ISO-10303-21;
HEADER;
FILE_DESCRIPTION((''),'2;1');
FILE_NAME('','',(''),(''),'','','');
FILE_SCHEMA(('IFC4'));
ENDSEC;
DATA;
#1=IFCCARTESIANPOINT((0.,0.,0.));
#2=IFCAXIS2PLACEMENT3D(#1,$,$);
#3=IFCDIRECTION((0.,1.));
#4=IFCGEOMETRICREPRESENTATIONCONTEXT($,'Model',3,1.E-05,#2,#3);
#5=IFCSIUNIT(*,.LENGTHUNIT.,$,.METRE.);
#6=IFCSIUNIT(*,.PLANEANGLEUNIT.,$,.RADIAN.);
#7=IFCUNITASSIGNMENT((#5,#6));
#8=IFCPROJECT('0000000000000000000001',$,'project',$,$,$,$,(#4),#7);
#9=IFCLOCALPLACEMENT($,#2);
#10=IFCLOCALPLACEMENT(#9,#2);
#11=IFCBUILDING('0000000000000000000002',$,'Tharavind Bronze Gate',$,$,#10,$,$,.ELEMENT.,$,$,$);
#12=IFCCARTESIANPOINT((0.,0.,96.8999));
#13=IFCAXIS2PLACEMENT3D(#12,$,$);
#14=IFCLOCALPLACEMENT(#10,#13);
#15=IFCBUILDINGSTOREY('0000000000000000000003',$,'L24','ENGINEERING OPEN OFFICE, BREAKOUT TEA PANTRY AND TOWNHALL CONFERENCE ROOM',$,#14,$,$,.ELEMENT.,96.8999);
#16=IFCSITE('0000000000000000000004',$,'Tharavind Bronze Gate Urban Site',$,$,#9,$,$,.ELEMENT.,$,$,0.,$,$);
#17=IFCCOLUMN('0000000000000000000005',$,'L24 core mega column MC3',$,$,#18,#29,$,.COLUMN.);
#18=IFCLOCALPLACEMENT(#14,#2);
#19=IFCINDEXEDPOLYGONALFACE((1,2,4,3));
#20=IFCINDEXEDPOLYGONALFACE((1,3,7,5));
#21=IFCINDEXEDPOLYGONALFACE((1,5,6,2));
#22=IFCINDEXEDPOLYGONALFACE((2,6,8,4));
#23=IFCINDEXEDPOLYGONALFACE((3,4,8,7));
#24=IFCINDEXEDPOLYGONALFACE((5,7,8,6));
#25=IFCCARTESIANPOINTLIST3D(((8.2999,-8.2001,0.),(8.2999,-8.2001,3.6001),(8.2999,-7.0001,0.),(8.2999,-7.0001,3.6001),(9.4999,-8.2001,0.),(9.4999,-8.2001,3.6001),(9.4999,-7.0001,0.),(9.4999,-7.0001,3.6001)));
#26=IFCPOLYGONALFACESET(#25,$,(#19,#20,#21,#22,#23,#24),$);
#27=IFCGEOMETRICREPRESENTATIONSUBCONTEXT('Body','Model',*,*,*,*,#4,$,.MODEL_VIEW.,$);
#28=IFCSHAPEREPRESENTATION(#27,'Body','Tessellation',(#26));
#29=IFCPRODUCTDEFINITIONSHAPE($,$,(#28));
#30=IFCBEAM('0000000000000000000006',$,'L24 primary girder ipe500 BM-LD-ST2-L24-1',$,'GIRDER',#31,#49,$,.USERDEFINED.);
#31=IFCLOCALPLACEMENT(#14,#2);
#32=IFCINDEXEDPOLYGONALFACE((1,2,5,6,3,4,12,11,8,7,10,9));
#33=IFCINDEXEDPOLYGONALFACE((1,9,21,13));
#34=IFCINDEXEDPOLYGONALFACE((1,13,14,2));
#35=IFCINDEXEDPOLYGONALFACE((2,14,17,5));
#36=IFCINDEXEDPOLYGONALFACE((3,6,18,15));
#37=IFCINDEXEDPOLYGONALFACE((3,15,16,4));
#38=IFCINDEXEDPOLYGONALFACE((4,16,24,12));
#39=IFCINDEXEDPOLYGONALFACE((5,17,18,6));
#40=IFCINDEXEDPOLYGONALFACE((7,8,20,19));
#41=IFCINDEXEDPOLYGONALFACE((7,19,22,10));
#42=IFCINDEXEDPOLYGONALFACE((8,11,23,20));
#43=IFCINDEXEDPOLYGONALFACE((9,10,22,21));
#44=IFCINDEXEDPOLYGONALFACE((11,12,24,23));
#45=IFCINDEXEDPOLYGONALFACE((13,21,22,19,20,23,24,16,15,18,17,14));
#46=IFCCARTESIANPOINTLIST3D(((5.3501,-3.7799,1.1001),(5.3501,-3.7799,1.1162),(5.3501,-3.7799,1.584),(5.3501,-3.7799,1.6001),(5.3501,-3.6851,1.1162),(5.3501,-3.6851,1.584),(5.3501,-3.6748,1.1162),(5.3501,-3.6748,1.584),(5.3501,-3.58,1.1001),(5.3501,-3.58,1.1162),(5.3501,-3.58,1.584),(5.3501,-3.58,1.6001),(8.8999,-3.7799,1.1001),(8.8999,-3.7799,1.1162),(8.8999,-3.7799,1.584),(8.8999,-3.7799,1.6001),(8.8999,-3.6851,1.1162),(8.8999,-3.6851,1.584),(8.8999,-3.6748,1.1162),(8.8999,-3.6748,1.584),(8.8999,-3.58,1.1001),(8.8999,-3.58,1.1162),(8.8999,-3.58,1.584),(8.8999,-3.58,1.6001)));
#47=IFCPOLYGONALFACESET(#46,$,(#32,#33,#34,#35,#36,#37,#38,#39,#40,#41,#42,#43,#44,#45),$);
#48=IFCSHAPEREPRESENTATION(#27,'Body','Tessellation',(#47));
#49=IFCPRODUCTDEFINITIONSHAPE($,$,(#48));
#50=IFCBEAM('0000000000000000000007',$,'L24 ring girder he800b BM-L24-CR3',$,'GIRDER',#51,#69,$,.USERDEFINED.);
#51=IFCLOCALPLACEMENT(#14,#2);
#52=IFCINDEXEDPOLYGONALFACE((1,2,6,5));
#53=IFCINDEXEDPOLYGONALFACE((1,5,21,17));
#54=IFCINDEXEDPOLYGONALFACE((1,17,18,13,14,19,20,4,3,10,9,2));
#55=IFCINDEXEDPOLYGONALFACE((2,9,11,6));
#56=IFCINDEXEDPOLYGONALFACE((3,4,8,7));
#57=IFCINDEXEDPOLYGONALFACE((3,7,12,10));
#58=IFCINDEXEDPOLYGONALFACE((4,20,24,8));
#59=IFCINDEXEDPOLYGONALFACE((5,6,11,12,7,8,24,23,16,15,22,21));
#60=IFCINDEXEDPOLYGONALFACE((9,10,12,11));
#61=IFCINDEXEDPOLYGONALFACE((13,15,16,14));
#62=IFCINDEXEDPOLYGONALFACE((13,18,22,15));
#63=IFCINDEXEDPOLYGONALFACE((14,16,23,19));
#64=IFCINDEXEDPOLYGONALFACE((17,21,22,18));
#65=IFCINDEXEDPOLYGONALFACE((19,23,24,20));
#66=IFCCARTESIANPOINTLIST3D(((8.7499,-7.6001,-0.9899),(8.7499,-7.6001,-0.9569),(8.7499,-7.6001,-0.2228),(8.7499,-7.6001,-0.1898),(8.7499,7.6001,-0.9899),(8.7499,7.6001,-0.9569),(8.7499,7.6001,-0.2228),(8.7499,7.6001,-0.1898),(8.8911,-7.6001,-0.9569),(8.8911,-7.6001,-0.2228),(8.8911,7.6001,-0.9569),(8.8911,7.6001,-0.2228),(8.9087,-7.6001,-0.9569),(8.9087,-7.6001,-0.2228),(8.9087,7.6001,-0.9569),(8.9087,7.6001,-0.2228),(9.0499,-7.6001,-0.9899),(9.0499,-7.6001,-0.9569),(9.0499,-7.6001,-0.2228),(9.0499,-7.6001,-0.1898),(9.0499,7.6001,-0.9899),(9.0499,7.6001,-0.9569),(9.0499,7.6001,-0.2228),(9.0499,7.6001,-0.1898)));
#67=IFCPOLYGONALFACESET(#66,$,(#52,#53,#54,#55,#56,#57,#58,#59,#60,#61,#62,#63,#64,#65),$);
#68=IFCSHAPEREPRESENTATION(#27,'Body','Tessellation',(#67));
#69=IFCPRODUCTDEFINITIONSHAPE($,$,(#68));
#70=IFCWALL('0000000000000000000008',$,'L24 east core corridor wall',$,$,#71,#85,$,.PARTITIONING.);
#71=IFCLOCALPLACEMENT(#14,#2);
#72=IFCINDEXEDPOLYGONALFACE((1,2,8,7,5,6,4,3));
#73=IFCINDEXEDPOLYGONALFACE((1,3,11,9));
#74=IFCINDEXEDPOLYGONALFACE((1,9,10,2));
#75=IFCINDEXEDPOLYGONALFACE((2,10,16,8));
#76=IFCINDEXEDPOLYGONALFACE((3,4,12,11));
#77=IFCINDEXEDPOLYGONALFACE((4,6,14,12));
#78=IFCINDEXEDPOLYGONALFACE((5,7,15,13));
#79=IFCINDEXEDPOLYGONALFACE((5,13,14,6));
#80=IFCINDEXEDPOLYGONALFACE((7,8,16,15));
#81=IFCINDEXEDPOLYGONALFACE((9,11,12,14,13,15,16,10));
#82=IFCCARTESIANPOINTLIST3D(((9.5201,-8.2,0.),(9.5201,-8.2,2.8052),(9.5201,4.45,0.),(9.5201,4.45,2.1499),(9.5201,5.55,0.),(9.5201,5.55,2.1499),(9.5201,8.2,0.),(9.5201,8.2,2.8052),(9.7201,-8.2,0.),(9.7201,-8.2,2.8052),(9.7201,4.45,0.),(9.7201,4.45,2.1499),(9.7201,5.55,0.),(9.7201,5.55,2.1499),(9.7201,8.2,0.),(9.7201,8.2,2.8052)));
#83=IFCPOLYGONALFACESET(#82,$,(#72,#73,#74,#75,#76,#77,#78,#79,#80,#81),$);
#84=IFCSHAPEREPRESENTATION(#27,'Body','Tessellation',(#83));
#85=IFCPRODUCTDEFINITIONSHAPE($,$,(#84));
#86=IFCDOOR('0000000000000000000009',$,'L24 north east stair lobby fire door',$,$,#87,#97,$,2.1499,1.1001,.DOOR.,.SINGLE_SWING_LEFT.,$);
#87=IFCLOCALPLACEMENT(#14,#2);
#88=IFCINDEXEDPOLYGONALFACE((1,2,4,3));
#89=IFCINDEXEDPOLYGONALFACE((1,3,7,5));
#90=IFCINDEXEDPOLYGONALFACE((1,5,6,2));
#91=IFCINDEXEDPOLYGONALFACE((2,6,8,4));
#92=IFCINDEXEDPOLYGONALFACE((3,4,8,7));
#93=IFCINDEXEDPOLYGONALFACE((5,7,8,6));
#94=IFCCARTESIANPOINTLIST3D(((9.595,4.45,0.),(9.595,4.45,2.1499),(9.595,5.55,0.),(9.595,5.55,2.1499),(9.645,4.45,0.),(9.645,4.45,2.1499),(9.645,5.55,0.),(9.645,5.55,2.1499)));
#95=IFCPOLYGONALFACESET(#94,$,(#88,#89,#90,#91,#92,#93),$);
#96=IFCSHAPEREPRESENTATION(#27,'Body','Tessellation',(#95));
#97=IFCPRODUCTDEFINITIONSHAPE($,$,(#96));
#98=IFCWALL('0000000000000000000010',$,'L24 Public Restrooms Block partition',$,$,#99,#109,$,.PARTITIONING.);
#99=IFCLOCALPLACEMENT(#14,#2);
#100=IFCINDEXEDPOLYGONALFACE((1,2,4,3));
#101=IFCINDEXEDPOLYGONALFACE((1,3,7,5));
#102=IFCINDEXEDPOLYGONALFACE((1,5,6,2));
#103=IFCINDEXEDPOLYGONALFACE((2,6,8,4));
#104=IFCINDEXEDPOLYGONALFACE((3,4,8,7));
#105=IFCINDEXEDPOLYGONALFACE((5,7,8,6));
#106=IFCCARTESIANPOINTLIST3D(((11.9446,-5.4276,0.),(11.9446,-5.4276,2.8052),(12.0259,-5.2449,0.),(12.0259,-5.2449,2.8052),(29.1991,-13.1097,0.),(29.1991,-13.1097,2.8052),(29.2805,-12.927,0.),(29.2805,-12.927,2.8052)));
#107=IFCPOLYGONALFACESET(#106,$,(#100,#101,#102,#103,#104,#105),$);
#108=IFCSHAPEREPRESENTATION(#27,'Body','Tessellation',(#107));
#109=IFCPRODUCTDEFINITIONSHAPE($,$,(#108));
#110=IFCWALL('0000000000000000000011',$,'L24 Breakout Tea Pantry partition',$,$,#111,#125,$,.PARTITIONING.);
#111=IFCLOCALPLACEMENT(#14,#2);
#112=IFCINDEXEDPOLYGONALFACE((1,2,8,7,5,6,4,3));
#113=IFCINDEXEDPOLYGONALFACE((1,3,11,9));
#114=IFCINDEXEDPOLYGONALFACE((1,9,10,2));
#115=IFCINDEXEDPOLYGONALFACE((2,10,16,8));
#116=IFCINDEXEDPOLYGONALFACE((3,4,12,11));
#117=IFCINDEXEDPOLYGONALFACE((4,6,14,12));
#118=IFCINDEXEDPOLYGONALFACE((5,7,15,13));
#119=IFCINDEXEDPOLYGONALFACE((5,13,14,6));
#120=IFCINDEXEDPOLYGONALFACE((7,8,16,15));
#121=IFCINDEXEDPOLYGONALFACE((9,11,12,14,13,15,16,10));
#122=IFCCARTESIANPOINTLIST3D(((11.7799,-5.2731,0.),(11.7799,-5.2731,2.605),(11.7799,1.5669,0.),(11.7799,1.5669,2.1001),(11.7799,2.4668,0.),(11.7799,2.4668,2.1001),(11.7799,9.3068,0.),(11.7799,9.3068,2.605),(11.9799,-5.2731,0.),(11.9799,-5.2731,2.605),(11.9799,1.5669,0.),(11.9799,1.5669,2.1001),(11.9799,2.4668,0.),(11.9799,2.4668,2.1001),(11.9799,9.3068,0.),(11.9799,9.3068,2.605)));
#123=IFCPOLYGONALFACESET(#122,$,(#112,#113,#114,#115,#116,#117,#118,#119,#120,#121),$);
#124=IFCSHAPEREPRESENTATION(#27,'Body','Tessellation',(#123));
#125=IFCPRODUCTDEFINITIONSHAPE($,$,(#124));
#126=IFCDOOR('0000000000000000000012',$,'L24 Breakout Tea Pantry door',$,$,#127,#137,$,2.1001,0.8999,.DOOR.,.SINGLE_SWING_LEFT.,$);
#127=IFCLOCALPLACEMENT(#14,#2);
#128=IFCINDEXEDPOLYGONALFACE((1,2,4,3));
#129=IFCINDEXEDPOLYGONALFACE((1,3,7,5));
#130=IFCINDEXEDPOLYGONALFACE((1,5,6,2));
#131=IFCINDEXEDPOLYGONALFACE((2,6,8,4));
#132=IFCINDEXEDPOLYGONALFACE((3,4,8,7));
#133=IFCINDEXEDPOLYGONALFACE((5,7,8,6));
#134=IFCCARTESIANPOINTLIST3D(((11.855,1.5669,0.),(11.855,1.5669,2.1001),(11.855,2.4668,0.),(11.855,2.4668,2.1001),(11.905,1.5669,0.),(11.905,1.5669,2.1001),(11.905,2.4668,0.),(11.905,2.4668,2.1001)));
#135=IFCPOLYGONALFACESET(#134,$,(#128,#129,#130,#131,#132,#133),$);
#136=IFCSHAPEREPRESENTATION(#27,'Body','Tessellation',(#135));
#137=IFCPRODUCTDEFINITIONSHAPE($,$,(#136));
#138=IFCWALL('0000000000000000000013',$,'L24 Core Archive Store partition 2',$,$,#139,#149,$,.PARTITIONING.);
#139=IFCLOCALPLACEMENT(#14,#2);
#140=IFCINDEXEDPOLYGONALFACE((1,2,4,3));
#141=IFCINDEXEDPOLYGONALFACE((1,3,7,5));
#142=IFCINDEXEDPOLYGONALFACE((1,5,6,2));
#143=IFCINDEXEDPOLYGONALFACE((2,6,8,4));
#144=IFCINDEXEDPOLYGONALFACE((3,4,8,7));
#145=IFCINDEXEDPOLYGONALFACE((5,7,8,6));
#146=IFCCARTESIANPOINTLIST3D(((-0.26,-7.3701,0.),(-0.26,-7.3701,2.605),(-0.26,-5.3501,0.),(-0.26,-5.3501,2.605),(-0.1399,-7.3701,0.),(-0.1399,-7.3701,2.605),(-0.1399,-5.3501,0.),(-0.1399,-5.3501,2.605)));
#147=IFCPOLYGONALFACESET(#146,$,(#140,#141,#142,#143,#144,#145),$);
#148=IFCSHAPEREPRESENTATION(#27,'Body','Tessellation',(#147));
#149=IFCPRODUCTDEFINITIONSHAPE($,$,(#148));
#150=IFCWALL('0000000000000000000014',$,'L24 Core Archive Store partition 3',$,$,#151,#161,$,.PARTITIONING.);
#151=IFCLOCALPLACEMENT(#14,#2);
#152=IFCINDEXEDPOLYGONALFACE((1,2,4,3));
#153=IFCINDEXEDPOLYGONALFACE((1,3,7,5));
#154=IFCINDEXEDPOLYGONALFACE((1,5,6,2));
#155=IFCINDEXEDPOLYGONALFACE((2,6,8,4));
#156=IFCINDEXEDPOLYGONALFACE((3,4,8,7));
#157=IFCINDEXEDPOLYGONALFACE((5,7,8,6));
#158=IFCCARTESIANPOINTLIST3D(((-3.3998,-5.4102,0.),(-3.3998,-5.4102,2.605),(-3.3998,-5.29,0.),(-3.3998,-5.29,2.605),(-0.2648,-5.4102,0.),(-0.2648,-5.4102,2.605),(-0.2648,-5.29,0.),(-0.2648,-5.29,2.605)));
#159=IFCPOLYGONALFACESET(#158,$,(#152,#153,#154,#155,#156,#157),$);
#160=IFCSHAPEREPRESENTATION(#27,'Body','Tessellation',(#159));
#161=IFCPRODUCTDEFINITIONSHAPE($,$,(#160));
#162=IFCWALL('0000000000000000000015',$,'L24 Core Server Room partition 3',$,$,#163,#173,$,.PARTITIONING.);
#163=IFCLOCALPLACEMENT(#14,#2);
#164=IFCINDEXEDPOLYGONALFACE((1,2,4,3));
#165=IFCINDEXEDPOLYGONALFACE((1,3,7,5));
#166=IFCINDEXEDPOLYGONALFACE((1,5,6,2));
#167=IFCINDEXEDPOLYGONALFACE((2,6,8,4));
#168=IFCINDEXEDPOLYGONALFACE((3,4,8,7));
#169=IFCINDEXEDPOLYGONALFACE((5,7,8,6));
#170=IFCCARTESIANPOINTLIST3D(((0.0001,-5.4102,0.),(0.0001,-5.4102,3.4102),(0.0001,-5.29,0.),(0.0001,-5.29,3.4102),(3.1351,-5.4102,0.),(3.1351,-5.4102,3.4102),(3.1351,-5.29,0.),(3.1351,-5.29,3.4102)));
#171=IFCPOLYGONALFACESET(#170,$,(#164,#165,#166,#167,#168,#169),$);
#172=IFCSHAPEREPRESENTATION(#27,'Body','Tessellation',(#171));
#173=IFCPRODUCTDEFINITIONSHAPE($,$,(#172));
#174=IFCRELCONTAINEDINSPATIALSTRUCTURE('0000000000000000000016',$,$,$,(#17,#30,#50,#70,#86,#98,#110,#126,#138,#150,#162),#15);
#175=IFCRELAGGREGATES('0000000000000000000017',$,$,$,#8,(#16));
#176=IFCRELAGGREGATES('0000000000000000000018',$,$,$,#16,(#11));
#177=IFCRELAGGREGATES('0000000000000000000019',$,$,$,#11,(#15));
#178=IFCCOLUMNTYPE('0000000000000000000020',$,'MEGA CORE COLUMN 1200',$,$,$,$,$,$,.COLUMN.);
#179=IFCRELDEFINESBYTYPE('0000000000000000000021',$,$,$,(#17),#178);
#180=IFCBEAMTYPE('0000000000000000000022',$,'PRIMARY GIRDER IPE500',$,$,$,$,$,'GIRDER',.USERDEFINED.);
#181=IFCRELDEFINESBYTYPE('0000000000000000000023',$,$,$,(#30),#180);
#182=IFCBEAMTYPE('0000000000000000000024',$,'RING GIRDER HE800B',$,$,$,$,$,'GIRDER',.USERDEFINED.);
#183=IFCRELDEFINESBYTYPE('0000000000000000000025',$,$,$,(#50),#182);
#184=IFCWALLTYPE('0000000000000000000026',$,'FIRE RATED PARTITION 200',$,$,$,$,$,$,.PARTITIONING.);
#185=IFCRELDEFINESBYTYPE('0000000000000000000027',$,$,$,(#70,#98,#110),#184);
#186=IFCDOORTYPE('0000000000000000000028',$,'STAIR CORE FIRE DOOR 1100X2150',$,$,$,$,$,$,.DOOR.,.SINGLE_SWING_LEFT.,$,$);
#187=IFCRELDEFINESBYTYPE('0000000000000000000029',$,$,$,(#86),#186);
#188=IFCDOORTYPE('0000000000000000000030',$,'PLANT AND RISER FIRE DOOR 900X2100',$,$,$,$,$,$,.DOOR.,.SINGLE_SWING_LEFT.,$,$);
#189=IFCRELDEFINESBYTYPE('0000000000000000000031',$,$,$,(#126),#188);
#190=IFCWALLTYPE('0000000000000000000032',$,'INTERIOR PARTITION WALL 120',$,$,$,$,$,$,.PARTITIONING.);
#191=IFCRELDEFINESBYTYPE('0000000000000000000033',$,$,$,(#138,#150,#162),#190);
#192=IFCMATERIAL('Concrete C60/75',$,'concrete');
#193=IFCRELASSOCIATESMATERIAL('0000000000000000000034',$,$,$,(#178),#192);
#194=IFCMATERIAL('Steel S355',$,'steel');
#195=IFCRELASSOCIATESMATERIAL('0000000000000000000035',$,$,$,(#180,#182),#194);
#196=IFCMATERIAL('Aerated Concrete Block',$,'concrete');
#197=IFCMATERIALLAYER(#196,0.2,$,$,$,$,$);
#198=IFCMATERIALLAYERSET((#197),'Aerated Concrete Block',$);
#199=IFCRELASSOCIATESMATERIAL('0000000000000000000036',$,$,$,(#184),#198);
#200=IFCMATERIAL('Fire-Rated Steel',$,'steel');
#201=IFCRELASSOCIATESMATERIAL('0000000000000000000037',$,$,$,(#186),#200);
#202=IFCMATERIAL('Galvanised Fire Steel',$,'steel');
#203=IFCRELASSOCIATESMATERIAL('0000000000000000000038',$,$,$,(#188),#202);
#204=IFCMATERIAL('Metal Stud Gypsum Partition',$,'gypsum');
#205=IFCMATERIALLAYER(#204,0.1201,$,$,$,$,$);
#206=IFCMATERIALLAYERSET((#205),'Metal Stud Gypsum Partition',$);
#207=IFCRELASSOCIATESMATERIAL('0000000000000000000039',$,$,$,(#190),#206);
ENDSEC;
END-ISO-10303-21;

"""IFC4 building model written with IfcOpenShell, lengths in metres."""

from ifc_helpers import new_model, si_unit, direction, frame, frame_2d, origin, origin_2d, place, context, subcontext, project, spatial, rectangle, i_section, extrude, material, layer, layer_set, material_profile, profile_set, type_object, element, fill, save


model = new_model("IFC4")

# Units and contexts
model_context = context("Model", 3, precision=1e-05, world=origin(), true_north=direction((0.0, 1.0)))
body_context = subcontext(model_context, "Body", "Model", "MODEL_VIEW")
ifc_project = project(units=[si_unit("LENGTHUNIT", "METRE"), si_unit("PLANEANGLEUNIT", "RADIAN")], contexts=[model_context])

# Site, building, storey
site_placement = place(None, origin())
site = spatial("IfcSite", under=ifc_project, at=site_placement, Name="Tharavind Bronze Gate Urban Site", CompositionType="ELEMENT", RefElevation=0.0)
building_placement = place(site_placement, origin())
building = spatial("IfcBuilding", under=site, at=building_placement, Name="Tharavind Bronze Gate", CompositionType="ELEMENT")
storey_placement = place(building_placement, frame((0.0, 0.0, 96.8999)))
storey = spatial("IfcBuildingStorey", under=building, at=storey_placement, Name="L24", Description="ENGINEERING OPEN OFFICE, BREAKOUT TEA PANTRY AND TOWNHALL CONFERENCE ROOM", CompositionType="ELEMENT", Elevation=96.8999)

# Column
ifc_material_1 = material(Name="Concrete C60/75", Category="concrete")
ifc_material_profile_1 = material_profile(ifc_material_1, rectangle(XDim=1.2, YDim=1.2, at=origin_2d()), Name="RCCOL1200")
ifc_profile_set_1 = profile_set([ifc_material_profile_1], Name="Concrete C60/75")
column_type = type_object("IfcColumnType", Name="MEGA CORE COLUMN 1200", PredefinedType="COLUMN", material=ifc_profile_set_1)
column_placement = place(storey_placement, frame((8.8999, -7.6001, 0.0), z_axis=(0.0, 0.0, 1.0), x_axis=(1.0, 0.0, 0.0)))
element("IfcColumn", 1, at=column_placement, inside=storey, type_object=column_type, Name="L24 core mega column MC3", PredefinedType="COLUMN", context=body_context, shape_type="SweptSolid", body=[
    extrude(rectangle(XDim=1.2, YDim=1.2, at=origin_2d()), origin(), (0.0, 0.0, 1.0), 3.6001),
])

# Beams
ifc_material_2 = material(Name="Steel S355", Category="steel")
ifc_material_profile_2 = material_profile(ifc_material_2, i_section(OverallWidth=0.2, OverallDepth=0.5, WebThickness=0.0103, FlangeThickness=0.0161, at=origin_2d()), Name="IPE500")
ifc_profile_set_2 = profile_set([ifc_material_profile_2], Name="Steel S355")
beam_type_1 = type_object("IfcBeamType", Name="PRIMARY GIRDER IPE500", ElementType="GIRDER", PredefinedType="USERDEFINED", material=ifc_profile_set_2)
beam_1_placement = place(storey_placement, frame((5.3501, -3.6799, 1.3501), z_axis=(1.0, 0.0, 0.0), x_axis=(0.0, 1.0, 0.0)))
element("IfcBeam", 2, at=beam_1_placement, inside=storey, type_object=beam_type_1, Name="L24 primary girder ipe500 BM-LD-ST2-L24-1", ObjectType="GIRDER", PredefinedType="USERDEFINED", context=body_context, shape_type="SweptSolid", body=[
    extrude(i_section(OverallWidth=0.2, OverallDepth=0.5, WebThickness=0.0103, FlangeThickness=0.0161, at=origin_2d()), origin(), (0.0, 0.0, 1.0), 3.5498),
])
ifc_material_profile_3 = material_profile(ifc_material_2, i_section(OverallWidth=0.3, OverallDepth=0.8, WebThickness=0.0176, FlangeThickness=0.033, at=origin_2d()), Name="HE800B")
ifc_profile_set_3 = profile_set([ifc_material_profile_3], Name="Steel S355")
beam_type_2 = type_object("IfcBeamType", Name="RING GIRDER HE800B", ElementType="GIRDER", PredefinedType="USERDEFINED", material=ifc_profile_set_3)
beam_2_placement = place(storey_placement, frame((8.8999, -7.6001, -0.5898), z_axis=(0.0, 1.0, 0.0), x_axis=(-1.0, 0.0, 0.0)))
element("IfcBeam", 3, at=beam_2_placement, inside=storey, type_object=beam_type_2, Name="L24 ring girder he800b BM-L24-CR3", ObjectType="GIRDER", PredefinedType="USERDEFINED", context=body_context, shape_type="SweptSolid", body=[
    extrude(i_section(OverallWidth=0.3, OverallDepth=0.8, WebThickness=0.0176, FlangeThickness=0.033, at=origin_2d()), origin(), (0.0, 0.0, 1.0), 15.2002),
])

# Wall, opening, door
ifc_material_3 = material(Name="Aerated Concrete Block", Category="concrete")
ifc_layer_1 = layer(ifc_material_3, 0.2)
ifc_layer_set_1 = layer_set([ifc_layer_1], Name="Aerated Concrete Block")
wall_type_1 = type_object("IfcWallType", Name="FIRE RATED PARTITION 200", PredefinedType="PARTITIONING", material=ifc_layer_set_1)
wall_1_placement = place(storey_placement, frame((9.6201, -8.2, 0.0), z_axis=(0.0, 0.0, 1.0), x_axis=(0.0, 1.0, 0.0)))
wall_1 = element("IfcWall", 4, at=wall_1_placement, inside=storey, type_object=wall_type_1, Name="L24 east core corridor wall", PredefinedType="PARTITIONING", context=body_context, shape_type="SweptSolid", body=[
    extrude(rectangle(XDim=16.3999, YDim=0.2, at=frame_2d((8.2, 0.0))), origin(), (0.0, 0.0, 1.0), 2.8052),
])
opening_1_placement = place(wall_1_placement, frame((12.6499, 0.0, 0.0)))
opening_1 = element("IfcOpeningElement", 5, at=opening_1_placement, cuts=wall_1, PredefinedType="OPENING", context=body_context, shape_type="SweptSolid", body=[
    extrude(rectangle(XDim=1.1001, YDim=2.1499, at=frame_2d((0.55, 1.075))), frame((0.0, 0.1101, 0.0), z_axis=(0.0, -1.0, 0.0), x_axis=(1.0, 0.0, 0.0)), (0.0, 0.0, 1.0), 0.22),
])
ifc_material_4 = material(Name="Fire-Rated Steel", Category="steel")
door_type_1 = type_object("IfcDoorType", Name="STAIR CORE FIRE DOOR 1100X2150", OperationType="SINGLE_SWING_LEFT", PredefinedType="DOOR", material=ifc_material_4)
door_1_placement = place(opening_1_placement, frame((1.1001, 0.0, 0.0), z_axis=(0.0, 0.0, 1.0), x_axis=(-1.0, 0.0, 0.0)))
door_1 = element("IfcDoor", 6, at=door_1_placement, inside=storey, type_object=door_type_1, Name="L24 north east stair lobby fire door", OperationType="SINGLE_SWING_LEFT", OverallHeight=2.1499, OverallWidth=1.1001, PredefinedType="DOOR", context=body_context, shape_type="SweptSolid", body=[
    extrude(rectangle(XDim=1.1001, YDim=2.1499, at=frame_2d((0.55, 1.075))), frame((0.0, 0.0249, 0.0), z_axis=(0.0, -1.0, 0.0), x_axis=(1.0, 0.0, 0.0)), (0.0, 0.0, 1.0), 0.05),
])
fill(opening_1, door_1)

# Wall
wall_2_placement = place(storey_placement, frame((11.9851, -5.3362, 0.0), z_axis=(0.0, 0.0, 1.0), x_axis=(0.913548, -0.406731, 0.0)))
element("IfcWall", 7, at=wall_2_placement, inside=storey, type_object=wall_type_1, Name="L24 Public Restrooms Block partition", PredefinedType="PARTITIONING", context=body_context, shape_type="SweptSolid", body=[
    extrude(rectangle(XDim=18.8875, YDim=0.2, at=frame_2d((9.4438, 0.0))), origin(), (0.0, 0.0, 1.0), 2.8052),
])

# Wall, opening, door
wall_3_placement = place(storey_placement, frame((11.8799, -5.2732, 0.0), z_axis=(0.0, 0.0, 1.0), x_axis=(0.0, 1.0, 0.0)))
wall_3 = element("IfcWall", 8, at=wall_3_placement, inside=storey, type_object=wall_type_1, Name="L24 Breakout Tea Pantry partition", PredefinedType="PARTITIONING", context=body_context, shape_type="SweptSolid", body=[
    extrude(rectangle(XDim=14.5798, YDim=0.2, at=frame_2d((7.29, 0.0))), origin(), (0.0, 0.0, 1.0), 2.605),
])
opening_2_placement = place(wall_3_placement, frame((6.8401, 0.0, 0.0)))
opening_2 = element("IfcOpeningElement", 9, at=opening_2_placement, cuts=wall_3, PredefinedType="OPENING", context=body_context, shape_type="SweptSolid", body=[
    extrude(rectangle(XDim=0.8999, YDim=2.1001, at=frame_2d((0.45, 1.05))), frame((0.0, 0.1101, 0.0), z_axis=(0.0, -1.0, 0.0), x_axis=(1.0, 0.0, 0.0)), (0.0, 0.0, 1.0), 0.22),
])
ifc_material_5 = material(Name="Galvanised Fire Steel", Category="steel")
door_type_2 = type_object("IfcDoorType", Name="PLANT AND RISER FIRE DOOR 900X2100", OperationType="SINGLE_SWING_LEFT", PredefinedType="DOOR", material=ifc_material_5)
door_2_placement = place(opening_2_placement, origin())
door_2 = element("IfcDoor", 10, at=door_2_placement, inside=storey, type_object=door_type_2, Name="L24 Breakout Tea Pantry door", OperationType="SINGLE_SWING_LEFT", OverallHeight=2.1001, OverallWidth=0.8999, PredefinedType="DOOR", context=body_context, shape_type="SweptSolid", body=[
    extrude(rectangle(XDim=0.8999, YDim=2.1001, at=frame_2d((0.45, 1.05))), frame((0.0, 0.0249, 0.0), z_axis=(0.0, -1.0, 0.0), x_axis=(1.0, 0.0, 0.0)), (0.0, 0.0, 1.0), 0.05),
])
fill(opening_2, door_2)

# Walls
ifc_material_6 = material(Name="Metal Stud Gypsum Partition", Category="gypsum")
ifc_layer_2 = layer(ifc_material_6, 0.1201)
ifc_layer_set_2 = layer_set([ifc_layer_2], Name="Metal Stud Gypsum Partition")
wall_type_2 = type_object("IfcWallType", Name="INTERIOR PARTITION WALL 120", PredefinedType="PARTITIONING", material=ifc_layer_set_2)
wall_4_placement = place(storey_placement, frame((-0.2, -7.3701, 0.0), z_axis=(0.0, 0.0, 1.0), x_axis=(0.0, 1.0, 0.0)))
element("IfcWall", 11, at=wall_4_placement, inside=storey, type_object=wall_type_2, Name="L24 Core Archive Store partition 2", PredefinedType="PARTITIONING", context=body_context, shape_type="SweptSolid", body=[
    extrude(rectangle(XDim=2.02, YDim=0.1201, at=frame_2d((1.01, 0.0))), origin(), (0.0, 0.0, 1.0), 2.605),
])
wall_5_placement = place(storey_placement, frame((-0.2649, -5.3501, 0.0), z_axis=(0.0, 0.0, 1.0), x_axis=(-1.0, 0.0, 0.0)))
element("IfcWall", 12, at=wall_5_placement, inside=storey, type_object=wall_type_2, Name="L24 Core Archive Store partition 3", PredefinedType="PARTITIONING", context=body_context, shape_type="SweptSolid", body=[
    extrude(rectangle(XDim=3.135, YDim=0.1201, at=frame_2d((1.5674, 0.0))), origin(), (0.0, 0.0, 1.0), 2.605),
])
wall_6_placement = place(storey_placement, frame((3.135, -5.3501, 0.0), z_axis=(0.0, 0.0, 1.0), x_axis=(-1.0, 0.0, 0.0)))
element("IfcWall", 13, at=wall_6_placement, inside=storey, type_object=wall_type_2, Name="L24 Core Server Room partition 3", PredefinedType="PARTITIONING", context=body_context, shape_type="SweptSolid", body=[
    extrude(rectangle(XDim=3.135, YDim=0.1201, at=frame_2d((1.5674, 0.0))), origin(), (0.0, 0.0, 1.0), 3.4102),
])

save(model, "model.ifc")
